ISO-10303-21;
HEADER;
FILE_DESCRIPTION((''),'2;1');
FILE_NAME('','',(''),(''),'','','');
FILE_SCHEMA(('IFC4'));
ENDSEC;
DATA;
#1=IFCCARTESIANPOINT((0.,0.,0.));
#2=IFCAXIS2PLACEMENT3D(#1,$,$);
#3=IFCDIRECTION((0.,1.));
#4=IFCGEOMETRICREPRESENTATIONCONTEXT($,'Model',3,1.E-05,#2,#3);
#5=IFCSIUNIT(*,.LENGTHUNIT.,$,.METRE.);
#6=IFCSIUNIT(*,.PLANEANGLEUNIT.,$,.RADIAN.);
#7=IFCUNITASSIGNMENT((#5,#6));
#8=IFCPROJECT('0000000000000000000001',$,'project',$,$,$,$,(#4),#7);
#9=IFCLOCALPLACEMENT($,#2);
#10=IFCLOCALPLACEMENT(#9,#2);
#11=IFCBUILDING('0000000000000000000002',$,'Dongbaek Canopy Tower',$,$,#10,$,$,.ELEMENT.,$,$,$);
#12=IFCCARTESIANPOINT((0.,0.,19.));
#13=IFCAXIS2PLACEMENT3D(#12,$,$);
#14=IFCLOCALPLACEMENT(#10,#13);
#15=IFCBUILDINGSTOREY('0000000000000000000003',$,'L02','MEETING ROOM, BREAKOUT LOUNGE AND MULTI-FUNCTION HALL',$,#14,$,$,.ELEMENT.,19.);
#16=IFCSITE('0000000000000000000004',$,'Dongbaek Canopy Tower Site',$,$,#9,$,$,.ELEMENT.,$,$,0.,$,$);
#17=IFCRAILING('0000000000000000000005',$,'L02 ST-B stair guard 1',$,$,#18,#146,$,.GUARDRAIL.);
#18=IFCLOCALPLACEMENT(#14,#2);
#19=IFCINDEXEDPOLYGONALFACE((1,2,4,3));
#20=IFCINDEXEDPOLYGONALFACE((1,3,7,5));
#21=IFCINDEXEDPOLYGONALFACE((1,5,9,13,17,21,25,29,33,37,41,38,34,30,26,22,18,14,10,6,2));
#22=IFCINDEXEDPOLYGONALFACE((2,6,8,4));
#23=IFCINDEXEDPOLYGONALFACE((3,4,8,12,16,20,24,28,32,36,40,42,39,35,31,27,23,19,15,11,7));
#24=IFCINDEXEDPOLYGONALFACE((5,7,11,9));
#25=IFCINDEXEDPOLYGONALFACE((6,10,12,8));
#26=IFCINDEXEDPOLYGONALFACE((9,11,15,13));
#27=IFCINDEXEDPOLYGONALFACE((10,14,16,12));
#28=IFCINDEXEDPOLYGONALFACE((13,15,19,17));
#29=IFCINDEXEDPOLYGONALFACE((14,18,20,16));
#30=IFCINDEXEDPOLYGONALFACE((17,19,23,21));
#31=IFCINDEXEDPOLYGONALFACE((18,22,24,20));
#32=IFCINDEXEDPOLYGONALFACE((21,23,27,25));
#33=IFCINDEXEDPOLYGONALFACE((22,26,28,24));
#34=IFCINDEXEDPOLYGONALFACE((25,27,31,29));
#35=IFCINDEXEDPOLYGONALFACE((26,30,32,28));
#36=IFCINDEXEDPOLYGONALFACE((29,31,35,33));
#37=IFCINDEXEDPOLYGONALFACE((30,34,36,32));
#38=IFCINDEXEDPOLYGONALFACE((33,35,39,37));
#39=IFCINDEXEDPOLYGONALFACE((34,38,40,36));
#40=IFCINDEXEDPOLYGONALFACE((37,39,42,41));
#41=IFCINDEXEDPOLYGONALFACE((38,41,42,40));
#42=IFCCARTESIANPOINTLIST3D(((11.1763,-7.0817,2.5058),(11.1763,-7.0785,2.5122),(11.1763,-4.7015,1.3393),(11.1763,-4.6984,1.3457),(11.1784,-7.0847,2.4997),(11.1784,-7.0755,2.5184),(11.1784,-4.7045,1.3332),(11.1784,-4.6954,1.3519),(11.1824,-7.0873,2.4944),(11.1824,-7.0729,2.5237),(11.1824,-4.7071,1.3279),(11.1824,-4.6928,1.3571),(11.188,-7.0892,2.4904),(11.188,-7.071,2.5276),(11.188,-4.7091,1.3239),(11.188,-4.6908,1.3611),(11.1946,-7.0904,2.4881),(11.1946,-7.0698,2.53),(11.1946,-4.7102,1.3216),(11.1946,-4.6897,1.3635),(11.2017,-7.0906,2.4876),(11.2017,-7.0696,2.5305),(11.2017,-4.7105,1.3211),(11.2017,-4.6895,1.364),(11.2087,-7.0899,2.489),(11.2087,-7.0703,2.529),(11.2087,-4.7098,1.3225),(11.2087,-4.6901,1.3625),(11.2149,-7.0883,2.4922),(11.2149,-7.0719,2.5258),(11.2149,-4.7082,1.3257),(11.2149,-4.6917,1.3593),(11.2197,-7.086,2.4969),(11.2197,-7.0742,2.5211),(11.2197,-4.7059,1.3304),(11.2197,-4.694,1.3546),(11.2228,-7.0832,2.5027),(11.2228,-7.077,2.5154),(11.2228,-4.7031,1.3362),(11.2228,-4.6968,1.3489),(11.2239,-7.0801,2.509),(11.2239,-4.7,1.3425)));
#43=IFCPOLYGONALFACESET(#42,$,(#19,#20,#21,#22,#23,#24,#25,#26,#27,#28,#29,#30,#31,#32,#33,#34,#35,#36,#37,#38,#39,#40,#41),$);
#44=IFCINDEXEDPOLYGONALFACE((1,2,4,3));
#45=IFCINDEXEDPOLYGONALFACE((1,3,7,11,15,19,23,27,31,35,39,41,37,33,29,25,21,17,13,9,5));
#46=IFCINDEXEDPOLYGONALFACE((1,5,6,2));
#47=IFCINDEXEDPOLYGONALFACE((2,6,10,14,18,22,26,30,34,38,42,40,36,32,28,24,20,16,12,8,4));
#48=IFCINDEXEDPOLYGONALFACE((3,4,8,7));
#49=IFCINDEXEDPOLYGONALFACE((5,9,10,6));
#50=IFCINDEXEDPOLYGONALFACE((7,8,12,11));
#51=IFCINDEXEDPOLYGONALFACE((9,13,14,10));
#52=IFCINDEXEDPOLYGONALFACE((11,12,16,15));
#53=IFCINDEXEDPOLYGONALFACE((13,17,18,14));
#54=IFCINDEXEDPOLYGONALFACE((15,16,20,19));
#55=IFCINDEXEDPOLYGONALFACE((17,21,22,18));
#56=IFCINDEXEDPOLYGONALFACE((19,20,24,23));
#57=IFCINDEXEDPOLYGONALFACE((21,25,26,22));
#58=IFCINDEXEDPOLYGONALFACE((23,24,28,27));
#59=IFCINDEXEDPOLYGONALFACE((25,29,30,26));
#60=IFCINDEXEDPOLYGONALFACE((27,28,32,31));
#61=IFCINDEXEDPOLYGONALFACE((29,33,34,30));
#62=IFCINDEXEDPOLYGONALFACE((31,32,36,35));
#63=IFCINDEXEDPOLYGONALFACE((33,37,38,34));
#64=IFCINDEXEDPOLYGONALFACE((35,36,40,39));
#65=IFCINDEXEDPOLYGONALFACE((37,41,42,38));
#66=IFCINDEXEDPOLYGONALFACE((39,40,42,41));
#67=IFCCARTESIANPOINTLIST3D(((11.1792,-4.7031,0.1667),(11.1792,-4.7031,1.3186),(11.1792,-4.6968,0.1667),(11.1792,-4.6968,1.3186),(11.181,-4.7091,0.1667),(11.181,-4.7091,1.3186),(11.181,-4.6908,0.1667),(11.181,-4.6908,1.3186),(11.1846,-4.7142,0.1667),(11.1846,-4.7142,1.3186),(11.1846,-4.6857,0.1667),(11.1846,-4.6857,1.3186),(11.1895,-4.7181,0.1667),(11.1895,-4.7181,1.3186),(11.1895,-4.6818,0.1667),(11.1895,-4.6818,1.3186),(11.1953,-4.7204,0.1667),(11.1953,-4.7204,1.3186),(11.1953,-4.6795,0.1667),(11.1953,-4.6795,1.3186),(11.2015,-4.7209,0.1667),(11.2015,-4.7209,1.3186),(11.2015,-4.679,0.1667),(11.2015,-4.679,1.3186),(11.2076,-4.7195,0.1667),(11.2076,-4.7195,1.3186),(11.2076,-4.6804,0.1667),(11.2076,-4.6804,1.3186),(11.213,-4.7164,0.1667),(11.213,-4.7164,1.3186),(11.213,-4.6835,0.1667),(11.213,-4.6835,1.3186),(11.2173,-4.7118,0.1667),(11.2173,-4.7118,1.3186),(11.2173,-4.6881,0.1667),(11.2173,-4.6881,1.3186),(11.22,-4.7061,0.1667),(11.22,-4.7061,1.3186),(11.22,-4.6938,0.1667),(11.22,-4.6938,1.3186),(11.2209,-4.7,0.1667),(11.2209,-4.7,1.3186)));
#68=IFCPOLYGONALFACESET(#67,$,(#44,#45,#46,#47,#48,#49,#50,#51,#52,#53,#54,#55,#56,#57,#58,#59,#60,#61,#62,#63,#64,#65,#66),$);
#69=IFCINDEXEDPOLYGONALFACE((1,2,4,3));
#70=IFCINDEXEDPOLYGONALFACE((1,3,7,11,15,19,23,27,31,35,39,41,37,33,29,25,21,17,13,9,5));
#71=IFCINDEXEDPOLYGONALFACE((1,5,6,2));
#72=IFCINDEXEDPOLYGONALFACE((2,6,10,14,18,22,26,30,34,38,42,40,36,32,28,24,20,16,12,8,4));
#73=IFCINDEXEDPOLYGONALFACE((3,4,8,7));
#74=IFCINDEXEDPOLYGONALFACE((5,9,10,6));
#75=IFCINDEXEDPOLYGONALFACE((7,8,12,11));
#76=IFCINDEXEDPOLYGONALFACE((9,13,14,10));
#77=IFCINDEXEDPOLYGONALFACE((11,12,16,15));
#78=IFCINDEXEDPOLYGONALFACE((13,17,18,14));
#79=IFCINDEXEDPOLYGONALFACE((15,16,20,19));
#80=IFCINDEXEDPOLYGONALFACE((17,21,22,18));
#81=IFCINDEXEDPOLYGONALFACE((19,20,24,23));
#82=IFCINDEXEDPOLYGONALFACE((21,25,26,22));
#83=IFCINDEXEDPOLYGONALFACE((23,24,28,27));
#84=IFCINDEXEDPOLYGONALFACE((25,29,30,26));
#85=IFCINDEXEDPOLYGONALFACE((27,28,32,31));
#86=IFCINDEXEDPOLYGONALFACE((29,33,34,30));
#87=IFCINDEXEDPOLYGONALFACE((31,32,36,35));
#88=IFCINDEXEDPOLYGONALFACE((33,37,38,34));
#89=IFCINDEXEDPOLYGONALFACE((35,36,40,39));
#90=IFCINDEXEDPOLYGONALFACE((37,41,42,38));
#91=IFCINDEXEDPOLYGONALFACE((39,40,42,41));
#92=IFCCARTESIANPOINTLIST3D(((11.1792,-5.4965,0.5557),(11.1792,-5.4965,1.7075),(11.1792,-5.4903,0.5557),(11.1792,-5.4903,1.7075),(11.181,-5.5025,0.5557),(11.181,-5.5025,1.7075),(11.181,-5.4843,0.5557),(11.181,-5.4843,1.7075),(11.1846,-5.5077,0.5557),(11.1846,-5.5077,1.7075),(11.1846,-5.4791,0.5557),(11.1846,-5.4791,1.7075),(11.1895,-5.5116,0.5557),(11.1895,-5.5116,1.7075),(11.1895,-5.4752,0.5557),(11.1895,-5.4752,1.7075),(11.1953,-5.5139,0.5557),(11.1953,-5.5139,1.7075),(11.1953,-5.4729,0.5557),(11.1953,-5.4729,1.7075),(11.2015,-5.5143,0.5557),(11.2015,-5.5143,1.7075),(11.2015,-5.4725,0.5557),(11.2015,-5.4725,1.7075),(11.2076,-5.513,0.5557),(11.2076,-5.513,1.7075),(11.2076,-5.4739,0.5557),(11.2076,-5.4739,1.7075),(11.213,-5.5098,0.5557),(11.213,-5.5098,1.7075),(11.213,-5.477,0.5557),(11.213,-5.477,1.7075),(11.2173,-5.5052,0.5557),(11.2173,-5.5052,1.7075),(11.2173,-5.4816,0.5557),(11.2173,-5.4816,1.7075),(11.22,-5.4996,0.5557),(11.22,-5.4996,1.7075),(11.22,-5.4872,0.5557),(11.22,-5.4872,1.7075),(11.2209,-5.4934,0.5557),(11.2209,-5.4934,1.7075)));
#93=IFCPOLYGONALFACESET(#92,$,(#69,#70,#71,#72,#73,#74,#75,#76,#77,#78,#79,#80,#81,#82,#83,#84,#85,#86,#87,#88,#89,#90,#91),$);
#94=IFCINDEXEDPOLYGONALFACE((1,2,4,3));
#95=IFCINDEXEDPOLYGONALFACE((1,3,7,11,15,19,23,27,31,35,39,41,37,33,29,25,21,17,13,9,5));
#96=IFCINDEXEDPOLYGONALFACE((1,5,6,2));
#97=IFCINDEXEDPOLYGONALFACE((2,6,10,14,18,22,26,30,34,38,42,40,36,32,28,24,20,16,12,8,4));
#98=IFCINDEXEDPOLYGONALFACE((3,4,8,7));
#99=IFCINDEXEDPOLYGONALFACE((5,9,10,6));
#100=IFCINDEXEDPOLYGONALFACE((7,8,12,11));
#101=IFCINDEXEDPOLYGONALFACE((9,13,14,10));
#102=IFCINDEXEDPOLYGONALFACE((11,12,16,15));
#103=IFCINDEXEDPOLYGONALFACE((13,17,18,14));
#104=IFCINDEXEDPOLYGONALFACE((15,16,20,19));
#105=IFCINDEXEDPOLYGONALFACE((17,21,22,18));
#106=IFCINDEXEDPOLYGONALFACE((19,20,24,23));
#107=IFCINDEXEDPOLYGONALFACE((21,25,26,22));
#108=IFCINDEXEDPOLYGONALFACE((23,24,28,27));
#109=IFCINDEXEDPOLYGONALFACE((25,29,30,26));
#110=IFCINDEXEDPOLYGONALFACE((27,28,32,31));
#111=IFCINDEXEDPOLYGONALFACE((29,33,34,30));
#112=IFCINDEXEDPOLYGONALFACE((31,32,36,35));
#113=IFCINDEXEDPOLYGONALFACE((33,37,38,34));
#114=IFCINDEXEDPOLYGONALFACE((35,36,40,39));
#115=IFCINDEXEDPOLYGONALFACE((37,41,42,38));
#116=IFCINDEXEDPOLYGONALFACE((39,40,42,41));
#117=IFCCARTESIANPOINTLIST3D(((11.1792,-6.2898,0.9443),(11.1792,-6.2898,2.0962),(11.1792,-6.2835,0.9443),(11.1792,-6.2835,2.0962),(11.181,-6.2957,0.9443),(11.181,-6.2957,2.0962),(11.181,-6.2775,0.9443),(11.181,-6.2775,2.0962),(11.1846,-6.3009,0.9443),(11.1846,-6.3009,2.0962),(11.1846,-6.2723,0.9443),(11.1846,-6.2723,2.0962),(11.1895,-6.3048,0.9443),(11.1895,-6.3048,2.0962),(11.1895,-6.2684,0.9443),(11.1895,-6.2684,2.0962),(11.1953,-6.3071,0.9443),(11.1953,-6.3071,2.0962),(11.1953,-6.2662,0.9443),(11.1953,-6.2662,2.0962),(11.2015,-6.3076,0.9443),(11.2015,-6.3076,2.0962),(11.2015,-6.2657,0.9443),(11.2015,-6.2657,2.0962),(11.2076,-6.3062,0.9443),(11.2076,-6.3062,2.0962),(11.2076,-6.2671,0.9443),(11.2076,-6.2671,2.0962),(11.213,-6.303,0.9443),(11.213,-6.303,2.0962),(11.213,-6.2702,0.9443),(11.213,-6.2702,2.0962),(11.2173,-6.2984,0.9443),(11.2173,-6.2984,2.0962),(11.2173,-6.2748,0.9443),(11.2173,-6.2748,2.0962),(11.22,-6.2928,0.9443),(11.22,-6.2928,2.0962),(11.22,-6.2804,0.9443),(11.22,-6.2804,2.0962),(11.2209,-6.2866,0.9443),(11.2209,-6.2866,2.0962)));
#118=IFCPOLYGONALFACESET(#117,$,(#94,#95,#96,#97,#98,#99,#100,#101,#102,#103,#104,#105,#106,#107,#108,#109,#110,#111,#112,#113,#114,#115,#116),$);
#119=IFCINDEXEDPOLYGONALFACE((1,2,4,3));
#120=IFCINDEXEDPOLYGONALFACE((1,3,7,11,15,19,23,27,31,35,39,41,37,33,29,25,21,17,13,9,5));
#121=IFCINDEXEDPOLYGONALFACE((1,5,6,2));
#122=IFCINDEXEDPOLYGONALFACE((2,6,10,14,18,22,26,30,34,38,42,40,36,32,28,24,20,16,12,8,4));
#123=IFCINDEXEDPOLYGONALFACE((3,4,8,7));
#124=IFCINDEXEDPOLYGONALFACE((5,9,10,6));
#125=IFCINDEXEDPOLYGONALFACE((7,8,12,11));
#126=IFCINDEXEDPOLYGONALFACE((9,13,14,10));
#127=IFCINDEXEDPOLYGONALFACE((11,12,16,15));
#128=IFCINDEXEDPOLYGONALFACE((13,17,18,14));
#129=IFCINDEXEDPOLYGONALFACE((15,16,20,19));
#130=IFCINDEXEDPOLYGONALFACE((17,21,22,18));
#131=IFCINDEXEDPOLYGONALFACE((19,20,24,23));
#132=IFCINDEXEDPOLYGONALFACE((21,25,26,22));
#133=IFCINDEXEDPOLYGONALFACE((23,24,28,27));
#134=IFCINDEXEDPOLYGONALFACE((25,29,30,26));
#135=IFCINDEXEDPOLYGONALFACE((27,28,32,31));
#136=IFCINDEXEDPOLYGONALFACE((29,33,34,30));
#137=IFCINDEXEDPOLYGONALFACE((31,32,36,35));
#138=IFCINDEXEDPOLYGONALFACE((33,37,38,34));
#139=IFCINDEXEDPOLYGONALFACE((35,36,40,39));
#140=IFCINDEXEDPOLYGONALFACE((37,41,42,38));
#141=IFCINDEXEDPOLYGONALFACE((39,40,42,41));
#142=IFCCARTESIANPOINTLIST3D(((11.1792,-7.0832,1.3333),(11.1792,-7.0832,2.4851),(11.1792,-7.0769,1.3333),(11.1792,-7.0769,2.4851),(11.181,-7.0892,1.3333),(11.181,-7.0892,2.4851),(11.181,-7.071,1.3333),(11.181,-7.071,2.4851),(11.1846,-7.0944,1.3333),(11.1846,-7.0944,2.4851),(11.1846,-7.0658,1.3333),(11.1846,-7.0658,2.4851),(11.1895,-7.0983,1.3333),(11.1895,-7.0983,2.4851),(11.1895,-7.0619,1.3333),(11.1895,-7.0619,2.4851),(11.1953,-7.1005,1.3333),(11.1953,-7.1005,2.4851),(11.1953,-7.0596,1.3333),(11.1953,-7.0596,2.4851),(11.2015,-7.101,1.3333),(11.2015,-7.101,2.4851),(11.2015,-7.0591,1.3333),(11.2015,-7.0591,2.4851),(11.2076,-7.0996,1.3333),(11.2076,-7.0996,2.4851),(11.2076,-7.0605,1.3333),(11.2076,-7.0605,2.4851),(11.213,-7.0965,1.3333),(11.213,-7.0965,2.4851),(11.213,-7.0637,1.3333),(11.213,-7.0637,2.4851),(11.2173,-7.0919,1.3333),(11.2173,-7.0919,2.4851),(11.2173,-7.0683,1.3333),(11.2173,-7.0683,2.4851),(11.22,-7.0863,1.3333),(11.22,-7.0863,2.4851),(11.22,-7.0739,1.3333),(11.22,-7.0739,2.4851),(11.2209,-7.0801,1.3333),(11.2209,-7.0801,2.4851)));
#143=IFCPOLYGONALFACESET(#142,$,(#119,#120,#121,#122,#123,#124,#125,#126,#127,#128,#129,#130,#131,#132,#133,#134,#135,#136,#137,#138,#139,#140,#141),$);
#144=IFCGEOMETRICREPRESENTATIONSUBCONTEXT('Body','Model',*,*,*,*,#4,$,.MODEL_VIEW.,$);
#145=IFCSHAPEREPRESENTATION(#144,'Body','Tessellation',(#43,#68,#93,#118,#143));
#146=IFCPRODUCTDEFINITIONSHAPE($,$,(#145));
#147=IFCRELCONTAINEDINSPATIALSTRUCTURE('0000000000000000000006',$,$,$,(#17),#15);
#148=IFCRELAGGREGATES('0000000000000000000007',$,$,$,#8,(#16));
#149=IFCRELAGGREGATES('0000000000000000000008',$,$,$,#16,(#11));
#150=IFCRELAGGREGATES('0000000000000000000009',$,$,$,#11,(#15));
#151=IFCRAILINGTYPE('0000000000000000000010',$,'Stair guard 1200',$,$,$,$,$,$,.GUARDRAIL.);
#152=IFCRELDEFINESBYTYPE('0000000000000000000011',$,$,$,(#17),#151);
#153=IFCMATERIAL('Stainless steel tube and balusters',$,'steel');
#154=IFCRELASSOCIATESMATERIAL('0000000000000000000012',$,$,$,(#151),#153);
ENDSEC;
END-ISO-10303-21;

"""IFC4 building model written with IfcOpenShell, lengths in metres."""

from ifc_helpers import new_model, si_unit, direction, frame, origin, origin_2d, place, context, subcontext, project, spatial, circle, extrude, material, type_object, element, save


model = new_model("IFC4")

# Units and contexts
model_context = context("Model", 3, precision=1e-05, world=origin(), true_north=direction((0.0, 1.0)))
body_context = subcontext(model_context, "Body", "Model", "MODEL_VIEW")
ifc_project = project(units=[si_unit("LENGTHUNIT", "METRE"), si_unit("PLANEANGLEUNIT", "RADIAN")], contexts=[model_context])

# Site, building, storey
site_placement = place(None, origin())
site = spatial("IfcSite", under=ifc_project, at=site_placement, Name="Dongbaek Canopy Tower Site", CompositionType="ELEMENT", RefElevation=0.0)
building_placement = place(site_placement, origin())
building = spatial("IfcBuilding", under=site, at=building_placement, Name="Dongbaek Canopy Tower", CompositionType="ELEMENT")
storey_placement = place(building_placement, frame((0.0, 0.0, 19.0)))
storey = spatial("IfcBuildingStorey", under=building, at=storey_placement, Name="L02", Description="MEETING ROOM, BREAKOUT LOUNGE AND MULTI-FUNCTION HALL", CompositionType="ELEMENT", Elevation=19.0)

# Railing
ifc_material_1 = material(Name="Stainless steel tube and balusters", Category="steel")
railing_type_1 = type_object("IfcRailingType", Name="Stair guard 1200", PredefinedType="GUARDRAIL", material=ifc_material_1)
railing_1_placement = place(storey_placement, frame((11.2, -4.7, 0.1667)))
element("IfcRailing", 1, at=railing_1_placement, inside=storey, type_object=railing_type_1, Name="L02 ST-B stair guard 1", PredefinedType="GUARDRAIL", context=body_context, shape_type="SweptSolid", body=[
    extrude(circle(Radius=0.0239, at=origin_2d()), frame((0.0, 0.0, 1.1758), z_axis=(0.0, -0.897954, 0.440089), x_axis=(1.0, 0.0, 0.0)), (0.0, 0.0, 1.0), 2.6506),
    extrude(circle(Radius=0.021, at=origin_2d()), origin(), (0.0, 0.0, 1.0), 1.1519),
    extrude(circle(Radius=0.021, at=origin_2d()), frame((0.0, -0.7935, 0.3889)), (0.0, 0.0, 1.0), 1.1519),
    extrude(circle(Radius=0.021, at=origin_2d()), frame((0.0, -1.5867, 0.7776)), (0.0, 0.0, 1.0), 1.1519),
    extrude(circle(Radius=0.021, at=origin_2d()), frame((0.0, -2.3801, 1.1665)), (0.0, 0.0, 1.0), 1.1519),
])

save(model, "model.ifc")
